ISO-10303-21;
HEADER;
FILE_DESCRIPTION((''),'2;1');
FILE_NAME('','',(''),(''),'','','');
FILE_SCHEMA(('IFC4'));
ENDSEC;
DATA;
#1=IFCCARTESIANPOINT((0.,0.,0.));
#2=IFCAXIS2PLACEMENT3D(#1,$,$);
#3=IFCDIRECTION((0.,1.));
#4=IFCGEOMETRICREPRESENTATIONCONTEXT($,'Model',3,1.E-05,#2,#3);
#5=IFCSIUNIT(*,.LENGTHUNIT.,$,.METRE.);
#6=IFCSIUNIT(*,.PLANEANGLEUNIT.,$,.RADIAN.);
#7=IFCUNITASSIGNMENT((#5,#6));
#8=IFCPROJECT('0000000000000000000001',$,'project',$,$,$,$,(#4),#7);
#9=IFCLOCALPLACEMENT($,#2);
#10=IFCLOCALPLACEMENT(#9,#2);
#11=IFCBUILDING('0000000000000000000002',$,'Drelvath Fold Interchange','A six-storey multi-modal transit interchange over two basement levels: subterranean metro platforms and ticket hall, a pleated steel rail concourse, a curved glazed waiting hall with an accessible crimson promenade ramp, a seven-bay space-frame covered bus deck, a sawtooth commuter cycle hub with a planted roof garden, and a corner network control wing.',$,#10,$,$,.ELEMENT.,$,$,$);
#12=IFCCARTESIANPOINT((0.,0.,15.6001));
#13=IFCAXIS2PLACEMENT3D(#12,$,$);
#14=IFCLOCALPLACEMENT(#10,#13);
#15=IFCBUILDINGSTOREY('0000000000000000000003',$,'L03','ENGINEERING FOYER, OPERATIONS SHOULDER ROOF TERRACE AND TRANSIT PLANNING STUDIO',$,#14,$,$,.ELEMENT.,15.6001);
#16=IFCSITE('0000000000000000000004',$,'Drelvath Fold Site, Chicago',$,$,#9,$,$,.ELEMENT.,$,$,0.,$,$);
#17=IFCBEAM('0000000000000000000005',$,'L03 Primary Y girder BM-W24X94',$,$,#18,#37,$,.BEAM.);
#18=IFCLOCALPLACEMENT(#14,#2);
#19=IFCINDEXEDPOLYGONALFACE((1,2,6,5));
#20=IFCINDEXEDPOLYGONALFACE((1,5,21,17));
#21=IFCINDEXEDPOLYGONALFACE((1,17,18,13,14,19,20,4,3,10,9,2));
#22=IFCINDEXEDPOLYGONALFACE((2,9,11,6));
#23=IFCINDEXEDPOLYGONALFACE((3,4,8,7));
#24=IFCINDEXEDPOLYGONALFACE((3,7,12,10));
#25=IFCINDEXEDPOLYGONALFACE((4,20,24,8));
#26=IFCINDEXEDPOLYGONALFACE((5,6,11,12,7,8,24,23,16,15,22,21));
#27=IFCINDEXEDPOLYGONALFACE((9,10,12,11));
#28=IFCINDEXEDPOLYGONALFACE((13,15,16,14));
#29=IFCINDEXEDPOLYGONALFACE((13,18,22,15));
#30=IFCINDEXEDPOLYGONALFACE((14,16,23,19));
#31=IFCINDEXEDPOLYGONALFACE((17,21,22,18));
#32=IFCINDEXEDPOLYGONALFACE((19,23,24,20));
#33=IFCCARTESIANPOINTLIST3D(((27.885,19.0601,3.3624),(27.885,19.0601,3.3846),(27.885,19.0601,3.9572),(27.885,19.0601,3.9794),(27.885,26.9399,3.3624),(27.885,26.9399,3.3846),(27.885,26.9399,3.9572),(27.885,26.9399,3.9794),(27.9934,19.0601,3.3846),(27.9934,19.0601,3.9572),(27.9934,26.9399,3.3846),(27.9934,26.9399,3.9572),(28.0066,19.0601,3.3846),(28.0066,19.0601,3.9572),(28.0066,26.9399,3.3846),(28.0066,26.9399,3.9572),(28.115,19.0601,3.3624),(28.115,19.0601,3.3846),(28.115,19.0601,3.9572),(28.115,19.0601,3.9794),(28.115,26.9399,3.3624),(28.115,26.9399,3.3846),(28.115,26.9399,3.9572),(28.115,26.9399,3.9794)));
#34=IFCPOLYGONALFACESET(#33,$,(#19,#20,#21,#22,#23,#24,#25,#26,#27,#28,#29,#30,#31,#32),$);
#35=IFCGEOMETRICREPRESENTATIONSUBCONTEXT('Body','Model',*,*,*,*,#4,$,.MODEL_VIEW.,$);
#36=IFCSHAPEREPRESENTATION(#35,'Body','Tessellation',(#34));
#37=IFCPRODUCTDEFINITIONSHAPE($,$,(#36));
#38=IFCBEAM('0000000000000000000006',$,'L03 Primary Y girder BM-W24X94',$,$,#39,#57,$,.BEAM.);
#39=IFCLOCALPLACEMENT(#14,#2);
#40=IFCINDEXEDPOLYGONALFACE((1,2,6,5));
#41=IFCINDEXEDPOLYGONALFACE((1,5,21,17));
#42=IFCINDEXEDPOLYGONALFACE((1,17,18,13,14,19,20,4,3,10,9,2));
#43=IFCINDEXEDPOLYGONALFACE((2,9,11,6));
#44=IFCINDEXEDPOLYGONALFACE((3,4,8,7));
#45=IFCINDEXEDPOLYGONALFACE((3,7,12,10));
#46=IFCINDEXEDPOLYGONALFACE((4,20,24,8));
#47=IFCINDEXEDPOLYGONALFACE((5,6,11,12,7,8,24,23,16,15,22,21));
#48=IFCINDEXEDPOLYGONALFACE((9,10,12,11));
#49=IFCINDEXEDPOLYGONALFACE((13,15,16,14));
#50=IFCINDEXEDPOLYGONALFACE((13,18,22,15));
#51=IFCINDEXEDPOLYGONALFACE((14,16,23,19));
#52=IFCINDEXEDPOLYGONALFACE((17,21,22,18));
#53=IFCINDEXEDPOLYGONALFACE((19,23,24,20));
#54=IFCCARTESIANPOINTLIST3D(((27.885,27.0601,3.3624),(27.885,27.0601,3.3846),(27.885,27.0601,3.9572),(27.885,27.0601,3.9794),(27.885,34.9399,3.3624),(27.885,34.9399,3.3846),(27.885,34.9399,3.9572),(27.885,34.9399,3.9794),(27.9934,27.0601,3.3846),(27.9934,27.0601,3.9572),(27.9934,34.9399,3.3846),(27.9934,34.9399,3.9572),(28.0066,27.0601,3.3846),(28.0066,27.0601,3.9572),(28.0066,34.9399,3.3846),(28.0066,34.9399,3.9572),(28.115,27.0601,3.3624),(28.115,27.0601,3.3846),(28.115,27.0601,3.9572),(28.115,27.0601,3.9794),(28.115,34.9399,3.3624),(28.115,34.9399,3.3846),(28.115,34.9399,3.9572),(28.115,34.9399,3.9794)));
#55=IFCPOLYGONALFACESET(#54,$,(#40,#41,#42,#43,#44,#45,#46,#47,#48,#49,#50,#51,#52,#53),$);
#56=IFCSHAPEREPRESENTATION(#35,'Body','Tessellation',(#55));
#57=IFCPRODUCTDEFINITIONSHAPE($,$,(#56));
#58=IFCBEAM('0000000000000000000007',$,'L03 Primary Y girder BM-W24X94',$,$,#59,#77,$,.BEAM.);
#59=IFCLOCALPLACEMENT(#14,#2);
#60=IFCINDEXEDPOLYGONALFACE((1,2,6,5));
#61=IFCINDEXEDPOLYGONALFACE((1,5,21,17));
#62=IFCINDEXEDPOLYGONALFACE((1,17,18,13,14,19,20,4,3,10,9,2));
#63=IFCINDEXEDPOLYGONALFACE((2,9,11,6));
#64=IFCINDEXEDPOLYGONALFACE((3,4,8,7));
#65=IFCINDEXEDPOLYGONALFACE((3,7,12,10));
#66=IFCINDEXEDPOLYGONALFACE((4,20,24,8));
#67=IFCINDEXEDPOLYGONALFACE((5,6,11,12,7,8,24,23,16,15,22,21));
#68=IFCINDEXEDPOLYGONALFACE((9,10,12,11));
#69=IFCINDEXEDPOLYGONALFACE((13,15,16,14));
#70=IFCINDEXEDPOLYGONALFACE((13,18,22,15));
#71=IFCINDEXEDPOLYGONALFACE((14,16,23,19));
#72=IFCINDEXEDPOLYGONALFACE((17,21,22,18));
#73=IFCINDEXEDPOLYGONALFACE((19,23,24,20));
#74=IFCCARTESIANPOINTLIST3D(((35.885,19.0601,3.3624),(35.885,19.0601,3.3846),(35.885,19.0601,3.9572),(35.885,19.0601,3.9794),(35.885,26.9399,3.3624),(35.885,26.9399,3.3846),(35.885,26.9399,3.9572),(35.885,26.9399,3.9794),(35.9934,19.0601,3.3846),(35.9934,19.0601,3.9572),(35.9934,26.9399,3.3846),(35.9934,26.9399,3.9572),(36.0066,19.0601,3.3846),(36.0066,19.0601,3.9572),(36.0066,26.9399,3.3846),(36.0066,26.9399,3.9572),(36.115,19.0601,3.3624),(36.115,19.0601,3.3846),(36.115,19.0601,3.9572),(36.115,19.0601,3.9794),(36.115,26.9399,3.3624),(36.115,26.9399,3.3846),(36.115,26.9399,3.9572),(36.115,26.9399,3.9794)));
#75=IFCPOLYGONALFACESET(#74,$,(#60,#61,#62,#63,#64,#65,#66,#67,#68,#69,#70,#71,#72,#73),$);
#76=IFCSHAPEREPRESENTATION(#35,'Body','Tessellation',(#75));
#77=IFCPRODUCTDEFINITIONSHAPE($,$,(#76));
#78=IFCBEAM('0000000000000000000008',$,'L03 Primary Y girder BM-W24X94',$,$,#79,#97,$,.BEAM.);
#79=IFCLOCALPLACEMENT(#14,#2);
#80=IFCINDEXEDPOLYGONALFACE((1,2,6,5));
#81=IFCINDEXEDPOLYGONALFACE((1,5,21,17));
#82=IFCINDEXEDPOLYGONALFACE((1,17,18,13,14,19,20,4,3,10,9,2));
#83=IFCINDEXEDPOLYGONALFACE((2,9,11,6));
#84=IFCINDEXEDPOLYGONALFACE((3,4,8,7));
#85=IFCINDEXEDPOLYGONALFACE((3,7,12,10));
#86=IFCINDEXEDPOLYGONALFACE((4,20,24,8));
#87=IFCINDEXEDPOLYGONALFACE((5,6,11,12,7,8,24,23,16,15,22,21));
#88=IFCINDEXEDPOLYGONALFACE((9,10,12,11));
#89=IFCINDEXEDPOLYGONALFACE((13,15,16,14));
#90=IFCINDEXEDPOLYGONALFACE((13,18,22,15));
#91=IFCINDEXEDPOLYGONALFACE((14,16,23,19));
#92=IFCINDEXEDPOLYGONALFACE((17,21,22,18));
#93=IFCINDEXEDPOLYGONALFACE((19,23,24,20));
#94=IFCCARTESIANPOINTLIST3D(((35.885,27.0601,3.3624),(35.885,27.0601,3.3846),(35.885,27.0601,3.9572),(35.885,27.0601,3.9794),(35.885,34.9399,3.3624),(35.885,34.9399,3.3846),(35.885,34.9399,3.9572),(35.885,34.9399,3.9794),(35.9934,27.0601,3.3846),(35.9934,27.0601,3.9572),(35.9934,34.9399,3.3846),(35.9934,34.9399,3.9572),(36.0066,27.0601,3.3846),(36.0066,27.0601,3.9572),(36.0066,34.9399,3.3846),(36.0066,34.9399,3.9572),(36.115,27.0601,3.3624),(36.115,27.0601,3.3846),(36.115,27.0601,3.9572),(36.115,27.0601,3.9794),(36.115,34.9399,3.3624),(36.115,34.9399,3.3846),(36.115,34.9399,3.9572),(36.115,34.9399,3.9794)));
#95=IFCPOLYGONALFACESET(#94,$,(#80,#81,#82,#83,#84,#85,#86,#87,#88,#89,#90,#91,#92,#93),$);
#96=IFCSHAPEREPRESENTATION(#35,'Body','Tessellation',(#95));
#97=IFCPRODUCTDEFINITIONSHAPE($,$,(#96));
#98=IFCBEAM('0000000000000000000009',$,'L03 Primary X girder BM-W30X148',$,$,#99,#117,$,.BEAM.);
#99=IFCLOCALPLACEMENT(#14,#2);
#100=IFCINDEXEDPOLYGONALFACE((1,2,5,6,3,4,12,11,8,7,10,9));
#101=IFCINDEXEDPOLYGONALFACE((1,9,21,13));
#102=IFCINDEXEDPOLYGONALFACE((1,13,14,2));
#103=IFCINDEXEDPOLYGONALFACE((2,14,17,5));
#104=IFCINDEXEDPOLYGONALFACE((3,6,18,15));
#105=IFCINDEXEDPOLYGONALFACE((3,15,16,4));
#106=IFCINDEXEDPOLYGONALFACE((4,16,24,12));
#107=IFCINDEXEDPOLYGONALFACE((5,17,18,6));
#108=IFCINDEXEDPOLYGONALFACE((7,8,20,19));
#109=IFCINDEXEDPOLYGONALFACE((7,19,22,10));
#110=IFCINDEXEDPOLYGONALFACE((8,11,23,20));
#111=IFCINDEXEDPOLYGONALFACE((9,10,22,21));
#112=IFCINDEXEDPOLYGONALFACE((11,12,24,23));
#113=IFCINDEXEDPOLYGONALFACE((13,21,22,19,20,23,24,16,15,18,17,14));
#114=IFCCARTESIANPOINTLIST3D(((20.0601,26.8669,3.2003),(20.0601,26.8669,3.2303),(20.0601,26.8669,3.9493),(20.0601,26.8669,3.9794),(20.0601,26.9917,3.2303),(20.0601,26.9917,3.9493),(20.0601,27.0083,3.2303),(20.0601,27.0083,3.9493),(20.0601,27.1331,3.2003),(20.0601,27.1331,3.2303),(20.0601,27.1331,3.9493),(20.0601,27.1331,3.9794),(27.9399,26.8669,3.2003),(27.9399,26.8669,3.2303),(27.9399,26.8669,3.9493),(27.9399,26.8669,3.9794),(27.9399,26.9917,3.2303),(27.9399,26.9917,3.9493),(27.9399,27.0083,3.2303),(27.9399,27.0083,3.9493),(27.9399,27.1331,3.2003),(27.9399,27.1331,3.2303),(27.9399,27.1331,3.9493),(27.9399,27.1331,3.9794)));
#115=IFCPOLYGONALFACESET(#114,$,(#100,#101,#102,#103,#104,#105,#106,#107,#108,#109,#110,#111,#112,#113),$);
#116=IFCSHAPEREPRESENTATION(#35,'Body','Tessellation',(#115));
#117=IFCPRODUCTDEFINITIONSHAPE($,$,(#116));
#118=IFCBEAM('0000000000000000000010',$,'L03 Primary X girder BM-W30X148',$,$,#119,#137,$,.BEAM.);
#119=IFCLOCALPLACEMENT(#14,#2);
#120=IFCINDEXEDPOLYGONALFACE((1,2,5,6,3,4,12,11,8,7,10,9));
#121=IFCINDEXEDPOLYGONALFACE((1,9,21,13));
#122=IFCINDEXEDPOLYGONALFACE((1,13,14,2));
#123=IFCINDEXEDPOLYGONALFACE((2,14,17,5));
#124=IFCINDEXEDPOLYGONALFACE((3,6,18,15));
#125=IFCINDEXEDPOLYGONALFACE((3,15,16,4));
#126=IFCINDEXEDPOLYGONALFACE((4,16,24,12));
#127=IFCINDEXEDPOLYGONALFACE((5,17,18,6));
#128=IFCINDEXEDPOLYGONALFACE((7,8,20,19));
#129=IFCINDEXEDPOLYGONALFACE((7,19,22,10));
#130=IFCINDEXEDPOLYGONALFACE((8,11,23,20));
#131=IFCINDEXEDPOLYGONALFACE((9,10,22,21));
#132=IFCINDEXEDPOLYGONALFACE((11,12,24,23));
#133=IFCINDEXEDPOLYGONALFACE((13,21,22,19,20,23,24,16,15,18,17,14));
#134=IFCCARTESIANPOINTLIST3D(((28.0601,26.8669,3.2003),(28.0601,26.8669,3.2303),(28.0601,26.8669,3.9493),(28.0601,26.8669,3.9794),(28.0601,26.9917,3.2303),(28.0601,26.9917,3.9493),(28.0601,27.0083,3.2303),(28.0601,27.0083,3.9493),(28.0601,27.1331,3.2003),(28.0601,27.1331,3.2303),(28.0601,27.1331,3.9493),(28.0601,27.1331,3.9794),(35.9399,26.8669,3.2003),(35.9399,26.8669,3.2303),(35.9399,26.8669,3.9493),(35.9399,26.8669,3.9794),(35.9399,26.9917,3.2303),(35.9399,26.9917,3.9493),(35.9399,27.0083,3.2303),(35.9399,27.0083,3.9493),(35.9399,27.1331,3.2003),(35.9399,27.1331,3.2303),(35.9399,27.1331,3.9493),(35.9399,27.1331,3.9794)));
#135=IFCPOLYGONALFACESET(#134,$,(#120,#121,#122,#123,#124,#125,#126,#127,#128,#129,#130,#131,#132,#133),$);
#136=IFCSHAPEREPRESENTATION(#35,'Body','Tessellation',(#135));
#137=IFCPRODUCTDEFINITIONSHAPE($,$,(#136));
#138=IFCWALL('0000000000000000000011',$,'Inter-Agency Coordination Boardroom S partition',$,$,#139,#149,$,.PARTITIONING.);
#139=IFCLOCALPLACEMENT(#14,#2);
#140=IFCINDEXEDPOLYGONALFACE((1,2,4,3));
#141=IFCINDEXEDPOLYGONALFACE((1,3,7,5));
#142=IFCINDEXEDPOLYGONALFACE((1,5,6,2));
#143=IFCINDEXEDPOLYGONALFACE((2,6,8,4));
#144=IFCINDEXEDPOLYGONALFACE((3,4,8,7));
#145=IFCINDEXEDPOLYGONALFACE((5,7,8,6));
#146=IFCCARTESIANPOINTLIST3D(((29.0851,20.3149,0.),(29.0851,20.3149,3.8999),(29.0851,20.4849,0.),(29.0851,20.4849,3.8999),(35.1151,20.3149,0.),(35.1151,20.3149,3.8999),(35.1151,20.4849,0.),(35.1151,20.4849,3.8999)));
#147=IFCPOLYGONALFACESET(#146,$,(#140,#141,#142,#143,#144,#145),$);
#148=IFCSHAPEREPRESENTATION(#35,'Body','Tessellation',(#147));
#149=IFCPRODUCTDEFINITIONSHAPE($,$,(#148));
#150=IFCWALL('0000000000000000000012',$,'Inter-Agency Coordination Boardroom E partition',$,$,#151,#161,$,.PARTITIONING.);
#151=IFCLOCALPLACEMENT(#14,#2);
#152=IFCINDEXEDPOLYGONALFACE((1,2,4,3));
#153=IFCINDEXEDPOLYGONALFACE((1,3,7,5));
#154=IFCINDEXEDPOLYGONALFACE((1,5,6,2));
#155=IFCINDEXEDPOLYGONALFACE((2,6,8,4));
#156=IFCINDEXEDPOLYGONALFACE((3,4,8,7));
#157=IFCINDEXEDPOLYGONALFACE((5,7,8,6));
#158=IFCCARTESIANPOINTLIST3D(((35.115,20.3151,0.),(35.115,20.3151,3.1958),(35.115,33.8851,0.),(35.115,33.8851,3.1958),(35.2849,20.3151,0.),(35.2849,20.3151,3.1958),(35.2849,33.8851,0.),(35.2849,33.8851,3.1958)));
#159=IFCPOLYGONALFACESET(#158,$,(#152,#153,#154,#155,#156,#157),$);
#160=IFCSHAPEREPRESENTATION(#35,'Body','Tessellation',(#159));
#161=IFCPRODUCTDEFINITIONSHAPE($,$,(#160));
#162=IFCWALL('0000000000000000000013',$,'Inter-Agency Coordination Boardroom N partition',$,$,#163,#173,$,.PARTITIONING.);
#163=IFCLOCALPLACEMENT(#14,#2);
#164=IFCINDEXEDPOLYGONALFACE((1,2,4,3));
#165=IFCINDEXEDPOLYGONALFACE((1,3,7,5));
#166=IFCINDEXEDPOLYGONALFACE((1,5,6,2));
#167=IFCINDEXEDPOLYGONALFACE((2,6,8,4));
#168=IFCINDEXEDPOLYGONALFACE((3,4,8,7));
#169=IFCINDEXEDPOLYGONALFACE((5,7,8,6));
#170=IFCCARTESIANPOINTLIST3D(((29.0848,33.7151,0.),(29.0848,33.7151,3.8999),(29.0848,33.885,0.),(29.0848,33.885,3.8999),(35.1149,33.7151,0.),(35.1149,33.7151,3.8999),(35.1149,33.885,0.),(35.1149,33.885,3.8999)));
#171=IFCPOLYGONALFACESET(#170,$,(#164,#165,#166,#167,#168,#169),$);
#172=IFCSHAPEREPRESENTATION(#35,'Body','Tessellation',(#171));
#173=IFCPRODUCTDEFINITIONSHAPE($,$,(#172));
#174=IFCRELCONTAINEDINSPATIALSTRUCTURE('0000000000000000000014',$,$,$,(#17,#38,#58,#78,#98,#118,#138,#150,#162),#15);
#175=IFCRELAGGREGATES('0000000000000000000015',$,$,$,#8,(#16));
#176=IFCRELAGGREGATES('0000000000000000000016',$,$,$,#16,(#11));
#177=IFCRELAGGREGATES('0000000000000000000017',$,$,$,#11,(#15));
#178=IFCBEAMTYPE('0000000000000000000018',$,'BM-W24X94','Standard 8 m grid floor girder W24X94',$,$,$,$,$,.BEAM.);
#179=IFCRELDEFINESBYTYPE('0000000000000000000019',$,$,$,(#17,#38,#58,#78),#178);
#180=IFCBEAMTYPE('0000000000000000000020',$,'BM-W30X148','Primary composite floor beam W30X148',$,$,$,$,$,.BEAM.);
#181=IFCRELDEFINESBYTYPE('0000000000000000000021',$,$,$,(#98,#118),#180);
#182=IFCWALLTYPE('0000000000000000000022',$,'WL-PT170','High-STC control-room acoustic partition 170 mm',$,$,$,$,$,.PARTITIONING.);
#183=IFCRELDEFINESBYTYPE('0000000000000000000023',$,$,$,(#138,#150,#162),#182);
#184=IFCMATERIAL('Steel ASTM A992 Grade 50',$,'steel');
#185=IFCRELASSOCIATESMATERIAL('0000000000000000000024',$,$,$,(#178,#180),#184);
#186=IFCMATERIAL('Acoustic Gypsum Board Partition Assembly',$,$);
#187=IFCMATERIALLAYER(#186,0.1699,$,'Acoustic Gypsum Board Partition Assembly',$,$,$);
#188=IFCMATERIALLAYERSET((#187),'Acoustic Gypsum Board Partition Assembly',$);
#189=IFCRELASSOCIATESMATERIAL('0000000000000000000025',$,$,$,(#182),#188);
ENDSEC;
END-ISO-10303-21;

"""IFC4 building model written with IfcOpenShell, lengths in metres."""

from ifc_helpers import new_model, si_unit, direction, frame, frame_2d, origin, origin_2d, place, context, subcontext, project, spatial, rectangle, i_section, extrude, material, layer, layer_set, material_profile, profile_set, type_object, element, save


model = new_model("IFC4")

# Units and contexts
model_context = context("Model", 3, precision=1e-05, world=origin(), true_north=direction((0.0, 1.0)))
body_context = subcontext(model_context, "Body", "Model", "MODEL_VIEW")
ifc_project = project(units=[si_unit("LENGTHUNIT", "METRE"), si_unit("PLANEANGLEUNIT", "RADIAN")], contexts=[model_context])

# Site, building, storey
site_placement = place(None, origin())
site = spatial("IfcSite", under=ifc_project, at=site_placement, Name="Drelvath Fold Site, Chicago", CompositionType="ELEMENT", RefElevation=0.0)
building_placement = place(site_placement, origin())
building = spatial("IfcBuilding", under=site, at=building_placement, Name="Drelvath Fold Interchange", Description="A six-storey multi-modal transit interchange over two basement levels: subterranean metro platforms and ticket hall, a pleated steel rail concourse, a curved glazed waiting hall with an accessible crimson promenade ramp, a seven-bay space-frame covered bus deck, a sawtooth commuter cycle hub with a planted roof garden, and a corner network control wing.", CompositionType="ELEMENT")
storey_placement = place(building_placement, frame((0.0, 0.0, 15.6001)))
storey = spatial("IfcBuildingStorey", under=building, at=storey_placement, Name="L03", Description="ENGINEERING FOYER, OPERATIONS SHOULDER ROOF TERRACE AND TRANSIT PLANNING STUDIO", CompositionType="ELEMENT", Elevation=15.6001)

# Shared definitions
ifc_material_1 = material(Name="Steel ASTM A992 Grade 50", Category="steel")

# Beams
ifc_material_profile_1 = material_profile(ifc_material_1, i_section(OverallWidth=0.23, OverallDepth=0.6169, WebThickness=0.0132, FlangeThickness=0.0222, at=origin_2d()), Name="W24X94")
ifc_profile_set_1 = profile_set([ifc_material_profile_1], Name="Steel ASTM A992 Grade 50")
beam_type_1 = type_object("IfcBeamType", Name="BM-W24X94", Description="Standard 8 m grid floor girder W24X94", PredefinedType="BEAM", material=ifc_profile_set_1)
for number, where, z_axis, x_axis, name in (
    (1, (28.0, 19.0601, 3.6709), (0.0, 1.0, 0.0), (-1.0, 0.0, 0.0), "L03 Primary Y girder BM-W24X94"),
    (2, (28.0, 27.0601, 3.6709), (0.0, 1.0, 0.0), (-1.0, 0.0, 0.0), "L03 Primary Y girder BM-W24X94"),
    (3, (36.0, 19.0601, 3.6709), (0.0, 1.0, 0.0), (-1.0, 0.0, 0.0), "L03 Primary Y girder BM-W24X94"),
    (4, (36.0, 27.0601, 3.6709), (0.0, 1.0, 0.0), (-1.0, 0.0, 0.0), "L03 Primary Y girder BM-W24X94"),
):
    element("IfcBeam", number, at=place(storey_placement, frame(where, z_axis=z_axis, x_axis=x_axis)), inside=storey, type_object=beam_type_1, Name=name, PredefinedType="BEAM", context=body_context, shape_type="SweptSolid", body=[
        extrude(i_section(OverallWidth=0.23, OverallDepth=0.6169, WebThickness=0.0132, FlangeThickness=0.0222, at=origin_2d()), origin(), (0.0, 0.0, 1.0), 7.8799),
    ])
ifc_material_profile_2 = material_profile(ifc_material_1, i_section(OverallWidth=0.2661, OverallDepth=0.7791, WebThickness=0.0166, FlangeThickness=0.03, at=origin_2d()), Name="W30X148")
ifc_profile_set_2 = profile_set([ifc_material_profile_2], Name="Steel ASTM A992 Grade 50")
beam_type_2 = type_object("IfcBeamType", Name="BM-W30X148", Description="Primary composite floor beam W30X148", PredefinedType="BEAM", material=ifc_profile_set_2)
for number, where, z_axis, x_axis, name in (
    (5, (20.0601, 27.0, 3.5898), (1.0, 0.0, 0.0), (0.0, 1.0, 0.0), "L03 Primary X girder BM-W30X148"),
    (6, (28.0601, 27.0, 3.5898), (1.0, 0.0, 0.0), (0.0, 1.0, 0.0), "L03 Primary X girder BM-W30X148"),
):
    element("IfcBeam", number, at=place(storey_placement, frame(where, z_axis=z_axis, x_axis=x_axis)), inside=storey, type_object=beam_type_2, Name=name, PredefinedType="BEAM", context=body_context, shape_type="SweptSolid", body=[
        extrude(i_section(OverallWidth=0.2661, OverallDepth=0.7791, WebThickness=0.0166, FlangeThickness=0.03, at=origin_2d()), origin(), (0.0, 0.0, 1.0), 7.8799),
    ])

# Walls
ifc_material_2 = material(Name="Acoustic Gypsum Board Partition Assembly")
ifc_layer = layer(ifc_material_2, 0.1699, Name="Acoustic Gypsum Board Partition Assembly")
ifc_layer_set = layer_set([ifc_layer], Name="Acoustic Gypsum Board Partition Assembly")
wall_type = type_object("IfcWallType", Name="WL-PT170", Description="High-STC control-room acoustic partition 170 mm", PredefinedType="PARTITIONING", material=ifc_layer_set)
wall_1_placement = place(storey_placement, frame((29.085, 20.3999, 0.0), z_axis=(0.0, 0.0, 1.0), x_axis=(1.0, 0.0, 0.0)))
element("IfcWall", 7, at=wall_1_placement, inside=storey, type_object=wall_type, Name="Inter-Agency Coordination Boardroom S partition", PredefinedType="PARTITIONING", context=body_context, shape_type="SweptSolid", body=[
    extrude(rectangle(XDim=6.03, YDim=0.1699, at=frame_2d((3.0151, 0.0))), origin(), (0.0, 0.0, 1.0), 3.8999),
])
wall_2_placement = place(storey_placement, frame((35.2, 20.3149, 0.0), z_axis=(0.0, 0.0, 1.0), x_axis=(0.0, 1.0, 0.0)))
element("IfcWall", 8, at=wall_2_placement, inside=storey, type_object=wall_type, Name="Inter-Agency Coordination Boardroom E partition", PredefinedType="PARTITIONING", context=body_context, shape_type="SweptSolid", body=[
    extrude(rectangle(XDim=13.5701, YDim=0.1699, at=frame_2d((6.7852, 0.0))), origin(), (0.0, 0.0, 1.0), 3.1958),
])
wall_3_placement = place(storey_placement, frame((35.115, 33.8, 0.0), z_axis=(0.0, 0.0, 1.0), x_axis=(-1.0, 0.0, 0.0)))
element("IfcWall", 9, at=wall_3_placement, inside=storey, type_object=wall_type, Name="Inter-Agency Coordination Boardroom N partition", PredefinedType="PARTITIONING", context=body_context, shape_type="SweptSolid", body=[
    extrude(rectangle(XDim=6.03, YDim=0.1699, at=frame_2d((3.0151, 0.0))), origin(), (0.0, 0.0, 1.0), 3.8999),
])

save(model, "model.ifc")
